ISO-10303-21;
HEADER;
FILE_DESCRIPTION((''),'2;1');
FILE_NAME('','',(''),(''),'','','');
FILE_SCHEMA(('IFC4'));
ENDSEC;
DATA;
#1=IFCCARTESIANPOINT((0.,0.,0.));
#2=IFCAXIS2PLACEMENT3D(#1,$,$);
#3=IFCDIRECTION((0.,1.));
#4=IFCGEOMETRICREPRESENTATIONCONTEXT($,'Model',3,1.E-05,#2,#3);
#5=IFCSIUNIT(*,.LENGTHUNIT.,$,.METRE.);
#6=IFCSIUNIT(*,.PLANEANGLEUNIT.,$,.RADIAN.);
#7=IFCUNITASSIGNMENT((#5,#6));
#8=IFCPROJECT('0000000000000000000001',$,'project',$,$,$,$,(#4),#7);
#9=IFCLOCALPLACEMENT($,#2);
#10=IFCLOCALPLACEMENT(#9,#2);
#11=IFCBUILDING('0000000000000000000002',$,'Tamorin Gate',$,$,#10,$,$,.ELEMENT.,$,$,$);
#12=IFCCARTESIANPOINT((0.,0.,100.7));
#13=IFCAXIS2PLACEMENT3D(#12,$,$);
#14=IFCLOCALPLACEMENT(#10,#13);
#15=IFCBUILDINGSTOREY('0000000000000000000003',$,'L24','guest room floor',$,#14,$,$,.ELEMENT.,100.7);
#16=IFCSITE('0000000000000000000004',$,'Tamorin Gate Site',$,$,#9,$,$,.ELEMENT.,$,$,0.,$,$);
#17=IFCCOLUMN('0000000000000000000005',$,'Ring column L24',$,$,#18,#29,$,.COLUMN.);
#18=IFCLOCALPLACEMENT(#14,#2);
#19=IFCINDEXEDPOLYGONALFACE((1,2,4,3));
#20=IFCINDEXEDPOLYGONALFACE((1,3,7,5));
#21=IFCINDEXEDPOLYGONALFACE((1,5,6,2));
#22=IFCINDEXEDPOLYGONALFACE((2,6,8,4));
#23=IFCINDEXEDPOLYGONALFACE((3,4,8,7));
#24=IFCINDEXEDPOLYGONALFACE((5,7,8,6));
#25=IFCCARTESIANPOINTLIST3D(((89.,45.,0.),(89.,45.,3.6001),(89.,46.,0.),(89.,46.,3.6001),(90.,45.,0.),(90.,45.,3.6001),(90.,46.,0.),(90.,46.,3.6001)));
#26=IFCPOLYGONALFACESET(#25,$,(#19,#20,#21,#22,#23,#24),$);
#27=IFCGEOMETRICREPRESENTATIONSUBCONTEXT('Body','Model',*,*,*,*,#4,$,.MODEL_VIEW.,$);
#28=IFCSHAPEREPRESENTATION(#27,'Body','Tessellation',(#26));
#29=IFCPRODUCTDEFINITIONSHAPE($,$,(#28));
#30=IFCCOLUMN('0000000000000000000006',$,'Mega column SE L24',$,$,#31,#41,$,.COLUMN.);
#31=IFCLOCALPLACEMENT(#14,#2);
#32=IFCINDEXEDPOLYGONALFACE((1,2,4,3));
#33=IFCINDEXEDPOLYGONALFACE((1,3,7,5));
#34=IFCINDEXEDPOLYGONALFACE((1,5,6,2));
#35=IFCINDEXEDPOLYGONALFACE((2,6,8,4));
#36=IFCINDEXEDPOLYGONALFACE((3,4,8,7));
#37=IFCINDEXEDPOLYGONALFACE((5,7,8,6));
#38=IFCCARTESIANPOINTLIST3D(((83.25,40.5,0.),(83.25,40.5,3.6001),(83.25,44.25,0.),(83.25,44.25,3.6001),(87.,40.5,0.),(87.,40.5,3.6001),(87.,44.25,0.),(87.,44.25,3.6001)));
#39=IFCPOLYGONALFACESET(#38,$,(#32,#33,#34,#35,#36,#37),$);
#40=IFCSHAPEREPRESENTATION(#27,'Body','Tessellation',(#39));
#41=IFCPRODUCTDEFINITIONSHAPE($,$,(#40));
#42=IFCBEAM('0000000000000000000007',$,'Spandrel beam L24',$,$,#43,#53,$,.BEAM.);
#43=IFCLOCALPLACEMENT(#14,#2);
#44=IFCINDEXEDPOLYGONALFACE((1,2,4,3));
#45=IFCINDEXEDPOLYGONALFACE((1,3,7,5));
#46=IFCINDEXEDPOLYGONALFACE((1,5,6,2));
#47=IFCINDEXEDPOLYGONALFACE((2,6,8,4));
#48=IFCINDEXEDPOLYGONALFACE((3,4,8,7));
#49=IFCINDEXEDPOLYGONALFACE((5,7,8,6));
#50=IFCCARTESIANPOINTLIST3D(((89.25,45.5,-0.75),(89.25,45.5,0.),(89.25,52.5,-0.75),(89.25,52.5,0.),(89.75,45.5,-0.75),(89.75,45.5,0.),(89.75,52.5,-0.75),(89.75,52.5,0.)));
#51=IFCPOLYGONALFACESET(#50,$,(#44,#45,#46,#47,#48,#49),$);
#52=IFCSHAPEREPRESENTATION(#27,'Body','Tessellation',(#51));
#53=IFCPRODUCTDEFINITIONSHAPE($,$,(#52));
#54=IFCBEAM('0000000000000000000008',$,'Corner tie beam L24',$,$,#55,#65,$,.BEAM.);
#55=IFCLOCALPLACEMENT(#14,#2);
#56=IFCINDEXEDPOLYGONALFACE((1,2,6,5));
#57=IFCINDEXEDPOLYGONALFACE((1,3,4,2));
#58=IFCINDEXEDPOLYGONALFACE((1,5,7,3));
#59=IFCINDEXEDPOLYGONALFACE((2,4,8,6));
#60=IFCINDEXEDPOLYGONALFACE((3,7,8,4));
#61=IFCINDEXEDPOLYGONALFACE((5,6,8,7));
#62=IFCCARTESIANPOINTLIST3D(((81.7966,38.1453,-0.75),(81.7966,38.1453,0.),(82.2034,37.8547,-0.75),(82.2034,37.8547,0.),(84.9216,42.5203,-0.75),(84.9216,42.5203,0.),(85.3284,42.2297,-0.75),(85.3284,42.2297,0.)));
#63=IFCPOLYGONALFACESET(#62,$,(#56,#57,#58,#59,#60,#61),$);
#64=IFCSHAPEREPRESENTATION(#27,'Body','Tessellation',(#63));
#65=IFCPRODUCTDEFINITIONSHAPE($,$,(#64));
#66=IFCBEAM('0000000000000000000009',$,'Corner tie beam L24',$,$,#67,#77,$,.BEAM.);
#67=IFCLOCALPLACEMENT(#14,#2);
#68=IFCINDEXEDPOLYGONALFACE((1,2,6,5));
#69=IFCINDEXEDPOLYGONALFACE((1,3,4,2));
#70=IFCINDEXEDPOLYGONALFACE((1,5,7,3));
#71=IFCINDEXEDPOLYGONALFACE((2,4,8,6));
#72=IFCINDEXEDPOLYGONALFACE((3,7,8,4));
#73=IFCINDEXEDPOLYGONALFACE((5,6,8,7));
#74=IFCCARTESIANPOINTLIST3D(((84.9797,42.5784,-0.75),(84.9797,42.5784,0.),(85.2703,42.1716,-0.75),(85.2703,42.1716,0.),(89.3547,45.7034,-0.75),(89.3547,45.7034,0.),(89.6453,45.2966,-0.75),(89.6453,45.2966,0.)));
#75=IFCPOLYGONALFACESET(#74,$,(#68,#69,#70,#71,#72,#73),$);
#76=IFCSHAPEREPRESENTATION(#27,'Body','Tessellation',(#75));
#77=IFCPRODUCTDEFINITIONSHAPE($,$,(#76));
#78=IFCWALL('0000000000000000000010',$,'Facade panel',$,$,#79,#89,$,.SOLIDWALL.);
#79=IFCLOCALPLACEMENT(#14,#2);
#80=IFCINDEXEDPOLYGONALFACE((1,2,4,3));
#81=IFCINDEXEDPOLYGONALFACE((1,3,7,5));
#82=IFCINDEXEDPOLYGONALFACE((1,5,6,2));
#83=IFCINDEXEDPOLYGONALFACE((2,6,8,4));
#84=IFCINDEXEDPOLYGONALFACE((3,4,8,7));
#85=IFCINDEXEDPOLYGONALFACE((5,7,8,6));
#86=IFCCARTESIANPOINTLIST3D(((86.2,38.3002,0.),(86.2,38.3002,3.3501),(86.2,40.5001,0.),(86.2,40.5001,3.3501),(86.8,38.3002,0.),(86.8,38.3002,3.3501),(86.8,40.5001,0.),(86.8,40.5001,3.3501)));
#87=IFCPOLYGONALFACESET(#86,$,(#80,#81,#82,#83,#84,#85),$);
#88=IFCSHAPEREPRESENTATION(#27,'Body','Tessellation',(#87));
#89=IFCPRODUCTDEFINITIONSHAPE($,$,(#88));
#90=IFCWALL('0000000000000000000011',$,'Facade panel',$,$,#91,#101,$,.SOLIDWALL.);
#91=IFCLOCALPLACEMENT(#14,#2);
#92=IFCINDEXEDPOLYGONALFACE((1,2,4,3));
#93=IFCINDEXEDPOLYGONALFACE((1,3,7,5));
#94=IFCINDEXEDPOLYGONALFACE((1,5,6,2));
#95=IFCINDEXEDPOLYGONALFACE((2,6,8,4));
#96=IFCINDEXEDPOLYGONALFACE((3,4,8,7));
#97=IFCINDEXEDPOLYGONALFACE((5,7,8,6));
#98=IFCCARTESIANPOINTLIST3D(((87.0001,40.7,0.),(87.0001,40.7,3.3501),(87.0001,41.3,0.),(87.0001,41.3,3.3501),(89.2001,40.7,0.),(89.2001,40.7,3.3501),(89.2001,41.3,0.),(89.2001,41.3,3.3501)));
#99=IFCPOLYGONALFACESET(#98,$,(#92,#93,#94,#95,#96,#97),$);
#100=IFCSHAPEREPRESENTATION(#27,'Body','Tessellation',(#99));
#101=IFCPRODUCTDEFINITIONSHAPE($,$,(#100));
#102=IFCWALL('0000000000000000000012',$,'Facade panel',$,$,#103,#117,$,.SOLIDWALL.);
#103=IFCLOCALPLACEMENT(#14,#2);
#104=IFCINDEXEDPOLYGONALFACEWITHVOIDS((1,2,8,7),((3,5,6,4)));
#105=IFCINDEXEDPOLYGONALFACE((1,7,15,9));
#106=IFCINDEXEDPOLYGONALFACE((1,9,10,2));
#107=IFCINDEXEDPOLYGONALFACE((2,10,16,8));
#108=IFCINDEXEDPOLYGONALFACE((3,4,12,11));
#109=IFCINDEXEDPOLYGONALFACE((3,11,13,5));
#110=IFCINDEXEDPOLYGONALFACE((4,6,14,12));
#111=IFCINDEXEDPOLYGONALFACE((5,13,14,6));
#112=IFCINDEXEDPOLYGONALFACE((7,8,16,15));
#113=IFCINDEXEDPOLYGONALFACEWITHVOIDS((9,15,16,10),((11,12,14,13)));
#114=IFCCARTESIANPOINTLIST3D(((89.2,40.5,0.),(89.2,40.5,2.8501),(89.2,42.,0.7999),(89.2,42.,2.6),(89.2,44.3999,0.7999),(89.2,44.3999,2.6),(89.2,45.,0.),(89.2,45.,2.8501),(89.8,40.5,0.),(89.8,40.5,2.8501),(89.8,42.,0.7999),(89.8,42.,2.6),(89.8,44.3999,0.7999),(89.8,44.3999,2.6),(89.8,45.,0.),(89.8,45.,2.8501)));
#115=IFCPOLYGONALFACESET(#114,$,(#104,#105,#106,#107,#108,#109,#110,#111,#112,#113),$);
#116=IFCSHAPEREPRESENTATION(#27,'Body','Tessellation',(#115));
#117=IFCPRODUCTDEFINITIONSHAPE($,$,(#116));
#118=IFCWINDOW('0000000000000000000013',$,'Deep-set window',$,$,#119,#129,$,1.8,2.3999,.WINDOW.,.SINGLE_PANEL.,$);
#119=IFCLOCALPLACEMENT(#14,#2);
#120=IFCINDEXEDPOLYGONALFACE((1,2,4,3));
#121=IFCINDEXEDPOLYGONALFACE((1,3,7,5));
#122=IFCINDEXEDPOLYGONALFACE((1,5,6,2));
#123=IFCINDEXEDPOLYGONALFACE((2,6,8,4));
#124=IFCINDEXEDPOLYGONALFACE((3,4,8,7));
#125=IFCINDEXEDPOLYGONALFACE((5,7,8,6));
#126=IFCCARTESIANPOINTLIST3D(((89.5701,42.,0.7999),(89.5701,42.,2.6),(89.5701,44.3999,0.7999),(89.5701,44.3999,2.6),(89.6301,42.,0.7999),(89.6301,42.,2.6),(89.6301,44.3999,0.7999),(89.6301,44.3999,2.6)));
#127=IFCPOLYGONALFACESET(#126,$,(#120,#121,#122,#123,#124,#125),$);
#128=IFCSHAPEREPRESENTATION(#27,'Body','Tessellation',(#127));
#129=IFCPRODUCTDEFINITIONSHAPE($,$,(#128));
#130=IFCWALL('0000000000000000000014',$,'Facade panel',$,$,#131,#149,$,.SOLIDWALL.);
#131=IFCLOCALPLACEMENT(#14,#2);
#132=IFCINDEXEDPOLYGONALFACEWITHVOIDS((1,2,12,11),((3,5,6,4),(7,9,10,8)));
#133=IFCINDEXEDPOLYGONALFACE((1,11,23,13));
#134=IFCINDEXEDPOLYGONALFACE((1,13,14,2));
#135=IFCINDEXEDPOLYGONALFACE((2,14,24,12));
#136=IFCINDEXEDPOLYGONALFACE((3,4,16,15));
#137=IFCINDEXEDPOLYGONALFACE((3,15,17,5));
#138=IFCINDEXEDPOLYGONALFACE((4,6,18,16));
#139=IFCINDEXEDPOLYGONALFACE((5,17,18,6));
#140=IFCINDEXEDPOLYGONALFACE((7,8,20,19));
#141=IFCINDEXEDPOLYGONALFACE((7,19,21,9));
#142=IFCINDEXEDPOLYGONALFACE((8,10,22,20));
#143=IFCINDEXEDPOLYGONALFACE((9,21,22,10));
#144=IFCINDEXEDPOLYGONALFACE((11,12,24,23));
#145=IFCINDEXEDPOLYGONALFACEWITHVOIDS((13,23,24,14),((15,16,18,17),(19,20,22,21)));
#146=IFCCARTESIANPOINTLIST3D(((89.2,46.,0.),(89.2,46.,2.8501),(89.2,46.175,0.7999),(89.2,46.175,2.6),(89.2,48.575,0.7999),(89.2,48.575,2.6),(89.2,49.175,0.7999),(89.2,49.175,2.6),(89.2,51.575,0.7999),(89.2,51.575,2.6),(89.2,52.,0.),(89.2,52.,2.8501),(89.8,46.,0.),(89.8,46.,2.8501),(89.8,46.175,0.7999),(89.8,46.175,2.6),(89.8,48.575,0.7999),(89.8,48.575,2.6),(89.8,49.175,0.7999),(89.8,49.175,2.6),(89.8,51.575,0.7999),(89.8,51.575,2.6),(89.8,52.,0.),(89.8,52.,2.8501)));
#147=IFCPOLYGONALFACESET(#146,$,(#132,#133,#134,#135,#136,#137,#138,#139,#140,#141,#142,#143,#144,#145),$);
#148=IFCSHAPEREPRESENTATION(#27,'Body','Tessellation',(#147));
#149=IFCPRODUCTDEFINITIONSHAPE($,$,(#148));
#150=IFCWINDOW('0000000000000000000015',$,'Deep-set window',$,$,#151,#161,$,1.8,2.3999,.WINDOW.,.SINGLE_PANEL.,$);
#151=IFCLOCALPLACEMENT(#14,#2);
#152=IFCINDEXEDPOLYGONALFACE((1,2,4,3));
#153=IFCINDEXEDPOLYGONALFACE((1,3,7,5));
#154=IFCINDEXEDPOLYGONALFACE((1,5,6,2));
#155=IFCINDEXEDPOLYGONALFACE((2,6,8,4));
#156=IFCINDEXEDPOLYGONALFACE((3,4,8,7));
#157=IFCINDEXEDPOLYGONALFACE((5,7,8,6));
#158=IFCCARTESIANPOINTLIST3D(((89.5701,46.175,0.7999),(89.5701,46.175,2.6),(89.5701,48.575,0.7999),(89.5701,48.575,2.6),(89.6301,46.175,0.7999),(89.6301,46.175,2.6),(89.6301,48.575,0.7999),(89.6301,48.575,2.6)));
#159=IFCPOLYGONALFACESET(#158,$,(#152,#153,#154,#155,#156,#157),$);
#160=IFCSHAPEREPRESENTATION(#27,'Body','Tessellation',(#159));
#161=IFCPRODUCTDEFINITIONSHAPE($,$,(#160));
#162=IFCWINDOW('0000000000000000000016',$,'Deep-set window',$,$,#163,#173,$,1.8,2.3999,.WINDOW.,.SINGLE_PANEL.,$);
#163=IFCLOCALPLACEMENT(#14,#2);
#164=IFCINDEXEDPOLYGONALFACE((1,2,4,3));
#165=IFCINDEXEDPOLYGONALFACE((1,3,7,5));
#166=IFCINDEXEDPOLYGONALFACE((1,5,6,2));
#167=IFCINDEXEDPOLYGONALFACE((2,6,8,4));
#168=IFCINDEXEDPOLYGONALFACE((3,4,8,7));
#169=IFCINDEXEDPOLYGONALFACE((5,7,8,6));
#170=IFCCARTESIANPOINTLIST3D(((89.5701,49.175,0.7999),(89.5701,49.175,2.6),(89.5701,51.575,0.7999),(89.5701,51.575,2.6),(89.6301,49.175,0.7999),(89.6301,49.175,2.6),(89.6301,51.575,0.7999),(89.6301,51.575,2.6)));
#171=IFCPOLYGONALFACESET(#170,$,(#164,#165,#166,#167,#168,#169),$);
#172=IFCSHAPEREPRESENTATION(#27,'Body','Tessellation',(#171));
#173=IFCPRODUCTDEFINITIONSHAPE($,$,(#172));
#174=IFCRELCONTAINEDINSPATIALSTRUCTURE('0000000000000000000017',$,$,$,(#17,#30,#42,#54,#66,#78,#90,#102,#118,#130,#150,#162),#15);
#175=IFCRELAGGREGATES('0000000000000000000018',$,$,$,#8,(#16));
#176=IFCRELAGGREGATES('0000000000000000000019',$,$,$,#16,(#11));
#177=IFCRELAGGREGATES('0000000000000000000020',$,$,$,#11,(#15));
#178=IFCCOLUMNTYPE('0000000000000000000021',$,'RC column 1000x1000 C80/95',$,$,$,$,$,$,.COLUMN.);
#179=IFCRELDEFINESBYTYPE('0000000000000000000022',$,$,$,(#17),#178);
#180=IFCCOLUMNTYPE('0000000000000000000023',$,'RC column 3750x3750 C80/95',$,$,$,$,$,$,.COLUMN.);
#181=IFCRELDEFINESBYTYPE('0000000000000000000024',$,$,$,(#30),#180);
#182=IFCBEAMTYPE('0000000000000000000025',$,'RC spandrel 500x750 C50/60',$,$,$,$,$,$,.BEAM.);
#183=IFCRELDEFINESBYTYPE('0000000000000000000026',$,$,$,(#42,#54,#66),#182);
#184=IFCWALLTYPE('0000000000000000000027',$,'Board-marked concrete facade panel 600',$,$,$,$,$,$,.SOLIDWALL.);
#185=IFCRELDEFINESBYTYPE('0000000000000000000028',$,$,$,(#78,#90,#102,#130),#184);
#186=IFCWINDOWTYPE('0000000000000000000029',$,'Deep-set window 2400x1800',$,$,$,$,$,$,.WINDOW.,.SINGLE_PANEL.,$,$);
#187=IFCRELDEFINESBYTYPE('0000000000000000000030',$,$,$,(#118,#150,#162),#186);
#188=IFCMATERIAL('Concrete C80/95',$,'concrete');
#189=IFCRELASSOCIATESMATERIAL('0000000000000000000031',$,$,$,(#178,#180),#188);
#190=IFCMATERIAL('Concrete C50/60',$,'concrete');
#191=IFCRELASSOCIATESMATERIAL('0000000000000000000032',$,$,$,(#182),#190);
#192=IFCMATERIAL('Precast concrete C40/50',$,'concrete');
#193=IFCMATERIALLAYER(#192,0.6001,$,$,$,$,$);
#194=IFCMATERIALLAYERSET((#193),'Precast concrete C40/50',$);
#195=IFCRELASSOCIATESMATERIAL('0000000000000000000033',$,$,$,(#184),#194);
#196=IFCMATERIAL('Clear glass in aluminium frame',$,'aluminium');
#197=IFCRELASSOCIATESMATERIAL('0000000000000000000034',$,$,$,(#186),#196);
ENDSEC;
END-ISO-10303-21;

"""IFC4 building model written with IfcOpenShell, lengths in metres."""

from ifc_helpers import new_model, si_unit, direction, frame, frame_2d, origin, origin_2d, place, context, subcontext, project, spatial, rectangle, extrude, material, layer, layer_set, material_profile, profile_set, type_object, element, fill, save


model = new_model("IFC4")

# Units and contexts
model_context = context("Model", 3, precision=1e-05, world=origin(), true_north=direction((0.0, 1.0)))
body_context = subcontext(model_context, "Body", "Model", "MODEL_VIEW")
ifc_project = project(units=[si_unit("LENGTHUNIT", "METRE"), si_unit("PLANEANGLEUNIT", "RADIAN")], contexts=[model_context])

# Site, building, storey
site_placement = place(None, origin())
site = spatial("IfcSite", under=ifc_project, at=site_placement, Name="Tamorin Gate Site", CompositionType="ELEMENT", RefElevation=0.0)
building_placement = place(site_placement, origin())
building = spatial("IfcBuilding", under=site, at=building_placement, Name="Tamorin Gate", CompositionType="ELEMENT")
storey_placement = place(building_placement, frame((0.0, 0.0, 100.7)))
storey = spatial("IfcBuildingStorey", under=building, at=storey_placement, Name="L24", Description="guest room floor", CompositionType="ELEMENT", Elevation=100.7)

# Columns
ifc_material_1 = material(Name="Concrete C80/95", Category="concrete")
ifc_material_profile_1 = material_profile(ifc_material_1, rectangle(XDim=1.0, YDim=1.0, at=origin_2d()), Name="RC 1000x1000")
ifc_profile_set_1 = profile_set([ifc_material_profile_1], Name="Concrete C80/95")
column_type_1 = type_object("IfcColumnType", Name="RC column 1000x1000 C80/95", PredefinedType="COLUMN", material=ifc_profile_set_1)
column_1_placement = place(storey_placement, frame((89.5, 45.5, 0.0), z_axis=(0.0, 0.0, 1.0), x_axis=(1.0, 0.0, 0.0)))
element("IfcColumn", 1, at=column_1_placement, inside=storey, type_object=column_type_1, Name="Ring column L24", PredefinedType="COLUMN", context=body_context, shape_type="SweptSolid", body=[
    extrude(rectangle(XDim=1.0, YDim=1.0, at=origin_2d()), origin(), (0.0, 0.0, 1.0), 3.6001),
])
ifc_material_profile_2 = material_profile(ifc_material_1, rectangle(XDim=3.75, YDim=3.75, at=origin_2d()), Name="RC 3750x3750")
ifc_profile_set_2 = profile_set([ifc_material_profile_2], Name="Concrete C80/95")
column_type_2 = type_object("IfcColumnType", Name="RC column 3750x3750 C80/95", PredefinedType="COLUMN", material=ifc_profile_set_2)
column_2_placement = place(storey_placement, frame((85.125, 42.375, 0.0), z_axis=(0.0, 0.0, 1.0), x_axis=(1.0, 0.0, 0.0)))
element("IfcColumn", 2, at=column_2_placement, inside=storey, type_object=column_type_2, Name="Mega column SE L24", PredefinedType="COLUMN", context=body_context, shape_type="SweptSolid", body=[
    extrude(rectangle(XDim=3.75, YDim=3.75, at=origin_2d()), origin(), (0.0, 0.0, 1.0), 3.6001),
])

# Beams
ifc_material_2 = material(Name="Concrete C50/60", Category="concrete")
ifc_material_profile_3 = material_profile(ifc_material_2, rectangle(XDim=0.5, YDim=0.75, at=origin_2d()), Name="RC 500x750")
ifc_profile_set_3 = profile_set([ifc_material_profile_3], Name="Concrete C50/60")
beam_type = type_object("IfcBeamType", Name="RC spandrel 500x750 C50/60", PredefinedType="BEAM", material=ifc_profile_set_3)
beam_placement = place(storey_placement, frame((89.5, 45.5, -0.375), z_axis=(0.0, 1.0, 0.0), x_axis=(-1.0, 0.0, 0.0)))
element("IfcBeam", 3, at=beam_placement, inside=storey, type_object=beam_type, Name="Spandrel beam L24", PredefinedType="BEAM", context=body_context, shape_type="SweptSolid", body=[
    extrude(rectangle(XDim=0.5, YDim=0.75, at=origin_2d()), origin(), (0.0, 0.0, 1.0), 7.0),
])
for number, where, z_axis, x_axis, name in (
    (4, (85.125, 42.375, -0.375), (-0.581238, -0.813733, 0.0), (0.813733, -0.581238, 0.0), "Corner tie beam L24"),
    (5, (85.125, 42.375, -0.375), (0.813733, 0.581238, 0.0), (-0.581238, 0.813733, 0.0), "Corner tie beam L24"),
):
    element("IfcBeam", number, at=place(storey_placement, frame(where, z_axis=z_axis, x_axis=x_axis)), inside=storey, type_object=beam_type, Name=name, PredefinedType="BEAM", context=body_context, shape_type="SweptSolid", body=[
        extrude(rectangle(XDim=0.5, YDim=0.75, at=origin_2d()), origin(), (0.0, 0.0, 1.0), 5.3765),
    ])

# Walls
ifc_material_3 = material(Name="Precast concrete C40/50", Category="concrete")
ifc_layer_1 = layer(ifc_material_3, 0.6001)
ifc_layer_set_1 = layer_set([ifc_layer_1], Name="Precast concrete C40/50")
wall_type_1 = type_object("IfcWallType", Name="Board-marked concrete facade panel 600", PredefinedType="SOLIDWALL", material=ifc_layer_set_1)
for number, where, z_axis, x_axis, name in (
    (6, (86.5, 38.3, 0.0), (0.0, 0.0, 1.0), (0.0, 1.0, 0.0), "Facade panel"),
    (7, (87.0, 41.0, 0.0), (0.0, 0.0, 1.0), (1.0, 0.0, 0.0), "Facade panel"),
):
    element("IfcWall", number, at=place(storey_placement, frame(where, z_axis=z_axis, x_axis=x_axis)), inside=storey, type_object=wall_type_1, Name=name, PredefinedType="SOLIDWALL", context=body_context, shape_type="SweptSolid", body=[
        extrude(rectangle(XDim=2.2, YDim=0.6001, at=frame_2d((1.1001, 0.0))), origin(), (0.0, 0.0, 1.0), 3.3501),
    ])

# Wall, opening, window
wall_1_placement = place(storey_placement, frame((89.5, 40.5, 0.0), z_axis=(0.0, 0.0, 1.0), x_axis=(0.0, 1.0, 0.0)))
wall_1 = element("IfcWall", 8, at=wall_1_placement, inside=storey, type_object=wall_type_1, Name="Facade panel", PredefinedType="SOLIDWALL", context=body_context, shape_type="SweptSolid", body=[
    extrude(rectangle(XDim=4.5, YDim=0.6001, at=frame_2d((2.25, 0.0))), origin(), (0.0, 0.0, 1.0), 2.8501),
])
opening_1_placement = place(wall_1_placement, frame((1.5, 0.0, 0.8)))
opening_1 = element("IfcOpeningElement", 9, at=opening_1_placement, cuts=wall_1, PredefinedType="OPENING", context=body_context, shape_type="SweptSolid", body=[
    extrude(rectangle(XDim=2.3999, YDim=1.8, at=frame_2d((1.2, 0.8999))), frame((0.0, 0.3101, 0.0), z_axis=(0.0, -1.0, 0.0), x_axis=(1.0, 0.0, 0.0)), (0.0, 0.0, 1.0), 0.6201),
])
ifc_material_4 = material(Name="Clear glass in aluminium frame", Category="aluminium")
window_type = type_object("IfcWindowType", Name="Deep-set window 2400x1800", PartitioningType="SINGLE_PANEL", PredefinedType="WINDOW", material=ifc_material_4)
window_1_placement = place(opening_1_placement, origin())
window_1 = element("IfcWindow", 10, at=window_1_placement, inside=storey, type_object=window_type, Name="Deep-set window", OverallHeight=1.8, OverallWidth=2.3999, PartitioningType="SINGLE_PANEL", PredefinedType="WINDOW", context=body_context, shape_type="SweptSolid", body=[
    extrude(rectangle(XDim=2.3999, YDim=1.8, at=frame_2d((1.2, 0.8999))), frame((0.0, -0.0701, 0.0), z_axis=(0.0, -1.0, 0.0), x_axis=(1.0, 0.0, 0.0)), (0.0, 0.0, 1.0), 0.0601),
])
fill(opening_1, window_1)

# Wall, openings, windows
wall_2_placement = place(storey_placement, frame((89.5, 46.0, 0.0), z_axis=(0.0, 0.0, 1.0), x_axis=(0.0, 1.0, 0.0)))
wall_2 = element("IfcWall", 11, at=wall_2_placement, inside=storey, type_object=wall_type_1, Name="Facade panel", PredefinedType="SOLIDWALL", context=body_context, shape_type="SweptSolid", body=[
    extrude(rectangle(XDim=6.0, YDim=0.6001, at=frame_2d((3.0, 0.0))), origin(), (0.0, 0.0, 1.0), 2.8501),
])
opening_2_placement = place(wall_2_placement, frame((0.175, 0.0, 0.8)))
opening_2 = element("IfcOpeningElement", 12, at=opening_2_placement, cuts=wall_2, PredefinedType="OPENING", context=body_context, shape_type="SweptSolid", body=[
    extrude(rectangle(XDim=2.3999, YDim=1.8, at=frame_2d((1.2, 0.8999))), frame((0.0, 0.3101, 0.0), z_axis=(0.0, -1.0, 0.0), x_axis=(1.0, 0.0, 0.0)), (0.0, 0.0, 1.0), 0.6201),
])
opening_3_placement = place(wall_2_placement, frame((3.175, 0.0, 0.8)))
opening_3 = element("IfcOpeningElement", 13, at=opening_3_placement, cuts=wall_2, PredefinedType="OPENING", context=body_context, shape_type="SweptSolid", body=[
    extrude(rectangle(XDim=2.3999, YDim=1.8, at=frame_2d((1.2, 0.8999))), frame((0.0, 0.3101, 0.0), z_axis=(0.0, -1.0, 0.0), x_axis=(1.0, 0.0, 0.0)), (0.0, 0.0, 1.0), 0.6201),
])
window_2_placement = place(opening_2_placement, origin())
window_2 = element("IfcWindow", 14, at=window_2_placement, inside=storey, type_object=window_type, Name="Deep-set window", OverallHeight=1.8, OverallWidth=2.3999, PartitioningType="SINGLE_PANEL", PredefinedType="WINDOW", context=body_context, shape_type="SweptSolid", body=[
    extrude(rectangle(XDim=2.3999, YDim=1.8, at=frame_2d((1.2, 0.8999))), frame((0.0, -0.0701, 0.0), z_axis=(0.0, -1.0, 0.0), x_axis=(1.0, 0.0, 0.0)), (0.0, 0.0, 1.0), 0.0601),
])
fill(opening_2, window_2)
window_3_placement = place(opening_3_placement, origin())
window_3 = element("IfcWindow", 15, at=window_3_placement, inside=storey, type_object=window_type, Name="Deep-set window", OverallHeight=1.8, OverallWidth=2.3999, PartitioningType="SINGLE_PANEL", PredefinedType="WINDOW", context=body_context, shape_type="SweptSolid", body=[
    extrude(rectangle(XDim=2.3999, YDim=1.8, at=frame_2d((1.2, 0.8999))), frame((0.0, -0.0701, 0.0), z_axis=(0.0, -1.0, 0.0), x_axis=(1.0, 0.0, 0.0)), (0.0, 0.0, 1.0), 0.0601),
])
fill(opening_3, window_3)

save(model, "model.ifc")
